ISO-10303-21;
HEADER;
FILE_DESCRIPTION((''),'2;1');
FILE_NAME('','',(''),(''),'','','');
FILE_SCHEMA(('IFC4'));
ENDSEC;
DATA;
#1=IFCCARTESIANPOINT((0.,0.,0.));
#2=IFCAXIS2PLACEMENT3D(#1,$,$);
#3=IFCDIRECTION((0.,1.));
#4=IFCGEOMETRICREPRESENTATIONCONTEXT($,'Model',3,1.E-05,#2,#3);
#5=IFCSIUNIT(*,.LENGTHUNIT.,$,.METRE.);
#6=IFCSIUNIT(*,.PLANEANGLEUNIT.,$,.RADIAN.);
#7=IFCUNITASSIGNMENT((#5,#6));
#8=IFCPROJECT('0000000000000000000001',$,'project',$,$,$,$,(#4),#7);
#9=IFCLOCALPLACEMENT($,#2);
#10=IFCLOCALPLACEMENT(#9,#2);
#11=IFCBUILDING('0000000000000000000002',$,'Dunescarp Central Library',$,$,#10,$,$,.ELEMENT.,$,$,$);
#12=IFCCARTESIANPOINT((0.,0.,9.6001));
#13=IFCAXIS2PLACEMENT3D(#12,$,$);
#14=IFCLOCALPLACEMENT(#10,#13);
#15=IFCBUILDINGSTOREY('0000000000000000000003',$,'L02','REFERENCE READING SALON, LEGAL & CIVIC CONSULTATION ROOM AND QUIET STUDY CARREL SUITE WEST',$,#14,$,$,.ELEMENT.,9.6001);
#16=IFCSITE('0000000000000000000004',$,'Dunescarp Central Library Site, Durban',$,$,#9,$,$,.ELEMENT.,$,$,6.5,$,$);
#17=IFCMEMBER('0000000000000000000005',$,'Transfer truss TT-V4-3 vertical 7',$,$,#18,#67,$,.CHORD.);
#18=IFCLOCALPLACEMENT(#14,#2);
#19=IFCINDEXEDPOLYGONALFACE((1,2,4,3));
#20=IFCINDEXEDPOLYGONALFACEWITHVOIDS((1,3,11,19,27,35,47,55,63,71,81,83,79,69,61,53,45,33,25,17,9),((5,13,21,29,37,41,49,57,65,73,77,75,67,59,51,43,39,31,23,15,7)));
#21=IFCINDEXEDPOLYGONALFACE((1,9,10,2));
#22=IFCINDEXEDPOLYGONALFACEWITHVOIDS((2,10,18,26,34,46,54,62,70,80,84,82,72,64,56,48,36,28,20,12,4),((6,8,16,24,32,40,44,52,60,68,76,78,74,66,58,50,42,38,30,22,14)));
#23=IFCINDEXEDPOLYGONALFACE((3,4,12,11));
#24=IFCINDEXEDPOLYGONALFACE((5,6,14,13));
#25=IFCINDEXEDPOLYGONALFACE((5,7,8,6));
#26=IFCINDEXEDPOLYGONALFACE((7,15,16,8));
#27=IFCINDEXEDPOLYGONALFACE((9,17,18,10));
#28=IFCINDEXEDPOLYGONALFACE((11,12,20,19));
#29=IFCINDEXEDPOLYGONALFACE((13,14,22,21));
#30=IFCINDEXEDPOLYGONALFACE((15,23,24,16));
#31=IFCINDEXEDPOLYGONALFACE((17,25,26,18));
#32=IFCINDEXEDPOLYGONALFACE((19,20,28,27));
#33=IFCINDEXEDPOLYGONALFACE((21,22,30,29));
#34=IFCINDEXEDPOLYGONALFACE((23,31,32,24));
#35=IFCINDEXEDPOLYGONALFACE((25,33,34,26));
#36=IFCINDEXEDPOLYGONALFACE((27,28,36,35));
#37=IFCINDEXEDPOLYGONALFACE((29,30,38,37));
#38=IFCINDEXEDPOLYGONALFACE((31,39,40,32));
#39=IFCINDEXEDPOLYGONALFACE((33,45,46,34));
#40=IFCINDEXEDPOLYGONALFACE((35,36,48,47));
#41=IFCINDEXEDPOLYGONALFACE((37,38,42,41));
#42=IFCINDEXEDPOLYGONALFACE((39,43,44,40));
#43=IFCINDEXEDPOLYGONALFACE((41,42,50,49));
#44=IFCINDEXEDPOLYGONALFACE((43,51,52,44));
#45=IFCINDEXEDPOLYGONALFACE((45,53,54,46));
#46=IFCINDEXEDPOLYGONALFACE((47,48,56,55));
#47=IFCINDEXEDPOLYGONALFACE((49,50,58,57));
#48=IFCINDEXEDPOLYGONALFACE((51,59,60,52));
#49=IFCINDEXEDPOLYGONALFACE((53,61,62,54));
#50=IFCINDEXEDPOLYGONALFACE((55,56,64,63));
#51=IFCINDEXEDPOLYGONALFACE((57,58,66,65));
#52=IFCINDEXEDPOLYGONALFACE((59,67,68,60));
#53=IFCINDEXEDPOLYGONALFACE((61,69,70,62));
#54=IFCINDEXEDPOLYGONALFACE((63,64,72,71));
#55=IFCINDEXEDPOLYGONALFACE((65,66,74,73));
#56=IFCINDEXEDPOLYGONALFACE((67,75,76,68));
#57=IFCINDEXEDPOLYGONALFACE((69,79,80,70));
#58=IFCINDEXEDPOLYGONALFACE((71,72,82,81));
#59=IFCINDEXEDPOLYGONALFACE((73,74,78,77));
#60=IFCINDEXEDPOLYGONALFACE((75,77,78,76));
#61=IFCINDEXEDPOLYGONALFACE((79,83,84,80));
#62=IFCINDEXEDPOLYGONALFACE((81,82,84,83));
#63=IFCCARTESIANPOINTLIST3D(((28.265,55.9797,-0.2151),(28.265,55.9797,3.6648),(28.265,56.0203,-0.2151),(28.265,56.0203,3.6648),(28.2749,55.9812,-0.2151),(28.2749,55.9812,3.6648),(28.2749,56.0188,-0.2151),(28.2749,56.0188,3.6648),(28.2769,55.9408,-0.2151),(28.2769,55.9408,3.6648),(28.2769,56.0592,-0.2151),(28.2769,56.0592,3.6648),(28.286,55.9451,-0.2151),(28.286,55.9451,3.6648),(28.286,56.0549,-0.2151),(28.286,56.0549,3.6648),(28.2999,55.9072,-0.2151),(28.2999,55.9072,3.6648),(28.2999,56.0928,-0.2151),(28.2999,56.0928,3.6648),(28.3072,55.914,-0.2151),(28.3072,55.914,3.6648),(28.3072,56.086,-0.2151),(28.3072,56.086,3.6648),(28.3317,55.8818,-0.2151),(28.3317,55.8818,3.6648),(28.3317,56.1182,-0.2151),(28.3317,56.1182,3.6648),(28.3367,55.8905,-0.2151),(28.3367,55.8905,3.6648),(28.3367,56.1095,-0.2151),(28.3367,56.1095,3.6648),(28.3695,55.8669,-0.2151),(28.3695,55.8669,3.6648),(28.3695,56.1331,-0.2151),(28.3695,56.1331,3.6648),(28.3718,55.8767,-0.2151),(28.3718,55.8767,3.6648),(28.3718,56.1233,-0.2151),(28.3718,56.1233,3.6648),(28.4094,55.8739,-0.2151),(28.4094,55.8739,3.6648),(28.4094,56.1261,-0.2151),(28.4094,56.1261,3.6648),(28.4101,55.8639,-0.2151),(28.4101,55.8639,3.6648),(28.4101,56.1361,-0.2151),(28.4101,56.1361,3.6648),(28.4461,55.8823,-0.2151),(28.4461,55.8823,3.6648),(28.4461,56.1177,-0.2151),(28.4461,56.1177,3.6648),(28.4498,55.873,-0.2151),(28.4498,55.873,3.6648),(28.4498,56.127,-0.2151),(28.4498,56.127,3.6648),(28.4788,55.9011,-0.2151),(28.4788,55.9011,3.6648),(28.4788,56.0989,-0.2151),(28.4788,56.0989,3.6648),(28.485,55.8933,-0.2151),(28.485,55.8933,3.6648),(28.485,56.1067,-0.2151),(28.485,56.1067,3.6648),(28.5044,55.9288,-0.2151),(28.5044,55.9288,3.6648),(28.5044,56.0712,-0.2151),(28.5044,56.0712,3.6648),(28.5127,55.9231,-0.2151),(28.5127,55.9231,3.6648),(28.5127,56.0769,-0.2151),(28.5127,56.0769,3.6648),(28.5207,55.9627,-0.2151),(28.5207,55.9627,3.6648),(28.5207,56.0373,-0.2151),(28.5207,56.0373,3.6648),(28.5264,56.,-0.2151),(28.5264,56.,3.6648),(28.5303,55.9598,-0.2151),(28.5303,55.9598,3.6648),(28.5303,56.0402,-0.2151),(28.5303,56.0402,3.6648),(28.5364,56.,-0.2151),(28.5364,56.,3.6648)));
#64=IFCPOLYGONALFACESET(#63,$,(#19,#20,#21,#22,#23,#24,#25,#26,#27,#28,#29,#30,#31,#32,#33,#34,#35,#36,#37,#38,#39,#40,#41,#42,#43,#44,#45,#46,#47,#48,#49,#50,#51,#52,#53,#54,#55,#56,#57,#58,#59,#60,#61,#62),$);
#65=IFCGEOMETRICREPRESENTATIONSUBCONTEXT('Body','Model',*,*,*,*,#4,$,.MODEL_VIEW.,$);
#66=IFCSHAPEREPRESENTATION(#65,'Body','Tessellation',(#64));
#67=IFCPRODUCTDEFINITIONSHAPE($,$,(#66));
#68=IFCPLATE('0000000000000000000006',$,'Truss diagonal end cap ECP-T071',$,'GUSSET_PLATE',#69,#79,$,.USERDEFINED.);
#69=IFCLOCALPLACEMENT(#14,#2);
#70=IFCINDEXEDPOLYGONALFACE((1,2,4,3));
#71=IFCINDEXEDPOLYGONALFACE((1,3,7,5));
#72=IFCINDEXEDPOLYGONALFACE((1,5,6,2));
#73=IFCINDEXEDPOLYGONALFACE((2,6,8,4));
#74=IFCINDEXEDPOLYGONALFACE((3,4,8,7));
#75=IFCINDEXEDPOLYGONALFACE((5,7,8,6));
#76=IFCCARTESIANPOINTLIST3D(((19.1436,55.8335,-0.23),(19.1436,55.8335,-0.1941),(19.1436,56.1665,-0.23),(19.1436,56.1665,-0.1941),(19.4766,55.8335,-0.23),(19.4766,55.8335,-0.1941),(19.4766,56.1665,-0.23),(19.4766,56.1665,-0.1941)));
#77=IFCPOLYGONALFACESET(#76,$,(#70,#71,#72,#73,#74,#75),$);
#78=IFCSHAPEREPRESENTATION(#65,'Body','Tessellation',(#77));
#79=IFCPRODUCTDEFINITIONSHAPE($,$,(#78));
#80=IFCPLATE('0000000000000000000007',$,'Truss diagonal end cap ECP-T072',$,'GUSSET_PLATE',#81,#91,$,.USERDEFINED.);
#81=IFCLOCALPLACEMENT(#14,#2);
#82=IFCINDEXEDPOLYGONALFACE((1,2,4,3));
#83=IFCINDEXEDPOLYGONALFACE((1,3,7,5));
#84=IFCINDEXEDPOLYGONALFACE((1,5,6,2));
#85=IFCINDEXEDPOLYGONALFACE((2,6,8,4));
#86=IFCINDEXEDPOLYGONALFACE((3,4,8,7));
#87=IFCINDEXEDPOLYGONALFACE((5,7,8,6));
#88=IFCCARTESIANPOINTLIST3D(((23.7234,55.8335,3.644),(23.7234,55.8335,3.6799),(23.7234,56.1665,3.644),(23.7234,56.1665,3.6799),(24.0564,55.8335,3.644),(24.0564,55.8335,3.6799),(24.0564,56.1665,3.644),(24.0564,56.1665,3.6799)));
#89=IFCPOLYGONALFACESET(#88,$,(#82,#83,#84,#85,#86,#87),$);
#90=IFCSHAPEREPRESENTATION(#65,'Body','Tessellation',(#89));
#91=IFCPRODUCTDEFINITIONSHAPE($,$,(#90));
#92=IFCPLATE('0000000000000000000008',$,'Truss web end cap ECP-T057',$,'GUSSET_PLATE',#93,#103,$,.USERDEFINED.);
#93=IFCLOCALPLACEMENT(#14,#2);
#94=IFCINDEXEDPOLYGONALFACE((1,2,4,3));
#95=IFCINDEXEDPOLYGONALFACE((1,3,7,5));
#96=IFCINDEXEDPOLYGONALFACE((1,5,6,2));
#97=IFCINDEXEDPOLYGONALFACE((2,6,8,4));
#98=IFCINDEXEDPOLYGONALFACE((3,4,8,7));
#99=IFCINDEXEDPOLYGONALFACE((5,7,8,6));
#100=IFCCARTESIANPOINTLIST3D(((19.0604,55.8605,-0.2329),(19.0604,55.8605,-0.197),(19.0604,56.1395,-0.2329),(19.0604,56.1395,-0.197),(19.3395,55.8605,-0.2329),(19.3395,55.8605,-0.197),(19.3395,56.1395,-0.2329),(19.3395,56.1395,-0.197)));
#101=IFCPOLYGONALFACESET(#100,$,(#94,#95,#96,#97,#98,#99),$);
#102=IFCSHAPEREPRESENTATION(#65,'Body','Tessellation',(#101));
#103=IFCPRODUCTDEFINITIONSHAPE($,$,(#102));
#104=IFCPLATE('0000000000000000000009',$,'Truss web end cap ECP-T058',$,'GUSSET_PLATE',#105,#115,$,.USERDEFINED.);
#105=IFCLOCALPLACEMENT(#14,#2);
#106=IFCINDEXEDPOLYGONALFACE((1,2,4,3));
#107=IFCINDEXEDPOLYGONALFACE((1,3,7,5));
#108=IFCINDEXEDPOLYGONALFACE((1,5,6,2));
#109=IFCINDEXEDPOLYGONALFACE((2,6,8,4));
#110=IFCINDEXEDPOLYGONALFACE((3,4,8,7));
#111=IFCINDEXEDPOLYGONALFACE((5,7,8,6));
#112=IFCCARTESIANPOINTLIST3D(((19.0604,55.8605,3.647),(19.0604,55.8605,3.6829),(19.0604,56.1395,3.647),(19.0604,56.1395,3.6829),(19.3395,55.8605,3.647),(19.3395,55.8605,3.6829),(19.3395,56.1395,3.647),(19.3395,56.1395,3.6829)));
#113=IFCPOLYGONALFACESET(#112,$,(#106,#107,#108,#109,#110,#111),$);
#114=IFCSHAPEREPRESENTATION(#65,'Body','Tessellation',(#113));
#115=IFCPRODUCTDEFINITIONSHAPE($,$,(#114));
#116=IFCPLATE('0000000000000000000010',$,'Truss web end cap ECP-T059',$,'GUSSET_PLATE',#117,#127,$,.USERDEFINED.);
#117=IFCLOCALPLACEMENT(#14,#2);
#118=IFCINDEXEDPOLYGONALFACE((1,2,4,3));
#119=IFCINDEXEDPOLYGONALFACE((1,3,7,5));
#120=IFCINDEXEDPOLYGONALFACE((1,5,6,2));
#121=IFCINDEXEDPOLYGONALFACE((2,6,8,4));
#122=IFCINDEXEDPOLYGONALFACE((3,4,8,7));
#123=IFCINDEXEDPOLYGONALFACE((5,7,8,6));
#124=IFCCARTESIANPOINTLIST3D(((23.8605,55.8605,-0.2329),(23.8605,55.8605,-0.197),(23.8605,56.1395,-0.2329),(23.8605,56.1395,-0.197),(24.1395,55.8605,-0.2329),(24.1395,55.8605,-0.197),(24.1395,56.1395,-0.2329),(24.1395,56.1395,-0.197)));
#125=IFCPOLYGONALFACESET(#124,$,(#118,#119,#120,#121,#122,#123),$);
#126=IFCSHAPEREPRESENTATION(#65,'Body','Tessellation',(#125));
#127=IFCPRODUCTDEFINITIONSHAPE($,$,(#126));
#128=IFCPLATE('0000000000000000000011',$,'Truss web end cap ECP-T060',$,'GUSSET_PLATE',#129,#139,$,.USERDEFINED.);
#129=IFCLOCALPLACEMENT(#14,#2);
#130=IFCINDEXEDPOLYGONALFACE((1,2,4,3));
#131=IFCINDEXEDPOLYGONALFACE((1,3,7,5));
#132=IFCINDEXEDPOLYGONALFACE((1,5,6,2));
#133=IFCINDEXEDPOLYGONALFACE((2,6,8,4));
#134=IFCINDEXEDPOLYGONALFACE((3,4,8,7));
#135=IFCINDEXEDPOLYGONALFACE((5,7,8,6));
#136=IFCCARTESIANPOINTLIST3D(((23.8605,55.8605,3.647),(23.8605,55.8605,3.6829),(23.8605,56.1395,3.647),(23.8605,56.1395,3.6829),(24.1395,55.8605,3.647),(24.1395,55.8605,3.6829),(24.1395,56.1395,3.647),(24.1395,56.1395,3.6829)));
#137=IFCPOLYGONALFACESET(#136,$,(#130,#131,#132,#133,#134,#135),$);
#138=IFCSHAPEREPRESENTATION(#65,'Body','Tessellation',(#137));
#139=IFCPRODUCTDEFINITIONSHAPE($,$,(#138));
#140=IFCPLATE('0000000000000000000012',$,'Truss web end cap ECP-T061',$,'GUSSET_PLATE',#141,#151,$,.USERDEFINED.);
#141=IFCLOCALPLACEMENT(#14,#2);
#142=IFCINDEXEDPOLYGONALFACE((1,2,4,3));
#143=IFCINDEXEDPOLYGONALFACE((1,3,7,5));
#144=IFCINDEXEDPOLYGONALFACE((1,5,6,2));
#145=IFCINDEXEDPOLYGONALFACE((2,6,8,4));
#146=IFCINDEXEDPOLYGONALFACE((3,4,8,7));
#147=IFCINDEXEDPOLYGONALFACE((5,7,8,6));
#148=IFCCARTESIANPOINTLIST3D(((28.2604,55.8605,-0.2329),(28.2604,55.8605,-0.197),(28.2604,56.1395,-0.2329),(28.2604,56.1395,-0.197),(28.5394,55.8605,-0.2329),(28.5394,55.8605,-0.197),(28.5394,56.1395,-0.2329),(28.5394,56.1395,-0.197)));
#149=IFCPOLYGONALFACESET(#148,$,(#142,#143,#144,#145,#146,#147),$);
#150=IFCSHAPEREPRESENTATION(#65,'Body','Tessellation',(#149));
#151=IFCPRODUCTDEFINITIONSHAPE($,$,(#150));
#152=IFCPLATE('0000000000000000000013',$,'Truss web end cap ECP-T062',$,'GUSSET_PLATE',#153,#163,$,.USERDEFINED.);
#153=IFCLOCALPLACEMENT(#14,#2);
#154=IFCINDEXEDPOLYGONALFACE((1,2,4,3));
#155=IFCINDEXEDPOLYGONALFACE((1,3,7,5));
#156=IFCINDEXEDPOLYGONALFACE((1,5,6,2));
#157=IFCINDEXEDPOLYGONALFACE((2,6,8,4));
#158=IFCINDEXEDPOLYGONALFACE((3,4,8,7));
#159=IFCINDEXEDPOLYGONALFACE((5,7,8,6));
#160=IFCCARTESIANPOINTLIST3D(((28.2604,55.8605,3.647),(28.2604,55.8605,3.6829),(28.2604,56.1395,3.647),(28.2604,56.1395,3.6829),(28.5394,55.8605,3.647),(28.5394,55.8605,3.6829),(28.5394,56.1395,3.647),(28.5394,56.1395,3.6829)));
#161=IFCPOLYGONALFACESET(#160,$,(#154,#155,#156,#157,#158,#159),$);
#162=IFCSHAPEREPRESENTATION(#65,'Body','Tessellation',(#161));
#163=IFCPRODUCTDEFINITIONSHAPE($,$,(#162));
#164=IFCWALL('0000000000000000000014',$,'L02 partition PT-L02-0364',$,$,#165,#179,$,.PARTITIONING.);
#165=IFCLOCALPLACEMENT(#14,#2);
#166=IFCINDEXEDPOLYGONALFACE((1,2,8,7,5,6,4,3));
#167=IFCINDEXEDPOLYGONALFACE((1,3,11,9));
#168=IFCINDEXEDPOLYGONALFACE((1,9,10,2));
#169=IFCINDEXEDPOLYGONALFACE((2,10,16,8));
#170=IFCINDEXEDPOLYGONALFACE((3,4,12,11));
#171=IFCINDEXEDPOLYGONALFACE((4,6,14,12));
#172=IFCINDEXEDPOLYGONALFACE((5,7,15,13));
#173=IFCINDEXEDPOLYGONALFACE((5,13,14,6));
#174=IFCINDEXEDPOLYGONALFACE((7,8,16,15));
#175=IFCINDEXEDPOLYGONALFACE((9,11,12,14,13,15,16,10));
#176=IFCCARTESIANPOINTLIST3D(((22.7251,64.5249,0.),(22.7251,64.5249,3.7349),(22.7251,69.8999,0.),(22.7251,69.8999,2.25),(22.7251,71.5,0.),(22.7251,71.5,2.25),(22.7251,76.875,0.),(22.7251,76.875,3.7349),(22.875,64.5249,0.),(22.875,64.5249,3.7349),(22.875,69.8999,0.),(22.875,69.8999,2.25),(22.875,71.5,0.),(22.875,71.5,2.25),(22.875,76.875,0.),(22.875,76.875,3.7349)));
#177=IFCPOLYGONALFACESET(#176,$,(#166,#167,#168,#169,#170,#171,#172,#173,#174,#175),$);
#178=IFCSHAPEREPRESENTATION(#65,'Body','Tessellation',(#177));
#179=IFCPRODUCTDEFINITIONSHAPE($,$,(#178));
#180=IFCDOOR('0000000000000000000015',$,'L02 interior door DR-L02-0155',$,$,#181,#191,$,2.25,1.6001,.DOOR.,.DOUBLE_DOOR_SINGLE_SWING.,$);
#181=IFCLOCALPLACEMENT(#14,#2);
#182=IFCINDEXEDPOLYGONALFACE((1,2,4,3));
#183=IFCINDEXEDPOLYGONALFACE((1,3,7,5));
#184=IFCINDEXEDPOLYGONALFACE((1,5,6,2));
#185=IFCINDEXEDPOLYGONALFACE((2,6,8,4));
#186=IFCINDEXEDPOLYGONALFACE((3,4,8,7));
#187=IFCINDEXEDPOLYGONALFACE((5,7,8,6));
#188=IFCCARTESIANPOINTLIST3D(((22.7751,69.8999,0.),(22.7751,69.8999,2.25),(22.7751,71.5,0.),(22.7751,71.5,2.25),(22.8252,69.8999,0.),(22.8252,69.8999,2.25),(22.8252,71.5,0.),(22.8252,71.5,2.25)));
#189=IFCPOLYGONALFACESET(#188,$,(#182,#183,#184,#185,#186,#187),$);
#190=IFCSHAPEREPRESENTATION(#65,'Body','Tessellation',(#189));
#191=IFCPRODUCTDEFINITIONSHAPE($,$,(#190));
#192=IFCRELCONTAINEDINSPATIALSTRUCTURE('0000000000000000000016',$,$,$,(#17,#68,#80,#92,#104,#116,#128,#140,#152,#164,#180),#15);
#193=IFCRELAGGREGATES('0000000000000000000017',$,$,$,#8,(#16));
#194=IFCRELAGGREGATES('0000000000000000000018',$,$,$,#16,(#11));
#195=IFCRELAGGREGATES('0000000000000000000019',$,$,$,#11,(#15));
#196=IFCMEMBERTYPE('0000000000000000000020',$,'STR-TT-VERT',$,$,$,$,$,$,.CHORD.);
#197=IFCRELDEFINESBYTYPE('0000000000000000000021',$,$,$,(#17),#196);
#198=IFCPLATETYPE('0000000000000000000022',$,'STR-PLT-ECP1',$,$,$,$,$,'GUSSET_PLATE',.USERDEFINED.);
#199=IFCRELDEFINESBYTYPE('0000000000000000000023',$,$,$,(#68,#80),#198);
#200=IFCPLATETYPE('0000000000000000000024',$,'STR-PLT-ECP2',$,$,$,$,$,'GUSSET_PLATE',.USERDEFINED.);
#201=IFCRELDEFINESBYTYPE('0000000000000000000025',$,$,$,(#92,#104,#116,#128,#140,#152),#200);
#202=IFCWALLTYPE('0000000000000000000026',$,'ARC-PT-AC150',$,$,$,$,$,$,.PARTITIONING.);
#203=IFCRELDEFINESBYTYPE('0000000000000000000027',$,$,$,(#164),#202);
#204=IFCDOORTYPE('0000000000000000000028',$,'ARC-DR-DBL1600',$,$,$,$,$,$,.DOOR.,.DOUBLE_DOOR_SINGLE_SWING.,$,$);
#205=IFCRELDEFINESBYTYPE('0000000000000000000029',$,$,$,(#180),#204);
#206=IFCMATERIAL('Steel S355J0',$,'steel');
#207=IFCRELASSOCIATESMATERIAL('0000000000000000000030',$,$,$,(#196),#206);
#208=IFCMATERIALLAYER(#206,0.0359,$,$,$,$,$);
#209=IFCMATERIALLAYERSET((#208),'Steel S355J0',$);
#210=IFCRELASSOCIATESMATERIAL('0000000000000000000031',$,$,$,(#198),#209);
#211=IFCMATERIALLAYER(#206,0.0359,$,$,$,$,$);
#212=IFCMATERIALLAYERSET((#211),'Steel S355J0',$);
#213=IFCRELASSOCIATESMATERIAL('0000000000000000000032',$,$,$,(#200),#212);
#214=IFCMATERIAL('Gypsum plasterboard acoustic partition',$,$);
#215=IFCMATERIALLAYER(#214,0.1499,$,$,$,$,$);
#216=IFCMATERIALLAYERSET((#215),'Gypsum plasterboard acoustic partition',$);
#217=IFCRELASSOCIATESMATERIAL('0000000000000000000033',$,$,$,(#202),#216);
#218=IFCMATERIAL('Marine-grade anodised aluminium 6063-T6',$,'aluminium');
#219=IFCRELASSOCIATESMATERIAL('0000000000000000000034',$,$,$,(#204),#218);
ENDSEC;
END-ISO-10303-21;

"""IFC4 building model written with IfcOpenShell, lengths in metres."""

from ifc_helpers import new_model, si_unit, direction, frame, frame_2d, origin, origin_2d, place, context, subcontext, project, spatial, rectangle, hollow_circle, extrude, material, layer, layer_set, material_profile, profile_set, type_object, element, fill, save


model = new_model("IFC4")

# Units and contexts
model_context = context("Model", 3, precision=1e-05, world=origin(), true_north=direction((0.0, 1.0)))
body_context = subcontext(model_context, "Body", "Model", "MODEL_VIEW")
ifc_project = project(units=[si_unit("LENGTHUNIT", "METRE"), si_unit("PLANEANGLEUNIT", "RADIAN")], contexts=[model_context])

# Site, building, storey
site_placement = place(None, origin())
site = spatial("IfcSite", under=ifc_project, at=site_placement, Name="Dunescarp Central Library Site, Durban", CompositionType="ELEMENT", RefElevation=6.5)
building_placement = place(site_placement, origin())
building = spatial("IfcBuilding", under=site, at=building_placement, Name="Dunescarp Central Library", CompositionType="ELEMENT")
storey_placement = place(building_placement, frame((0.0, 0.0, 9.6001)))
storey = spatial("IfcBuildingStorey", under=building, at=storey_placement, Name="L02", Description="REFERENCE READING SALON, LEGAL & CIVIC CONSULTATION ROOM AND QUIET STUDY CARREL SUITE WEST", CompositionType="ELEMENT", Elevation=9.6001)

# Member
ifc_material_1 = material(Name="Steel S355J0", Category="steel")
ifc_material_profile_1 = material_profile(ifc_material_1, hollow_circle(Radius=0.1365, WallThickness=0.01, at=origin_2d()), Name="CHS 273x10")
ifc_profile_set_1 = profile_set([ifc_material_profile_1], Name="Steel S355J0")
member_type_1 = type_object("IfcMemberType", Name="STR-TT-VERT", PredefinedType="CHORD", material=ifc_profile_set_1)
for number, where, z_axis, x_axis, name in (
    (1, (28.3999, 56.0, -0.2151), (0.0, 0.0, 1.0), (1.0, 0.0, 0.0), "Transfer truss TT-V4-3 vertical 7"),
):
    element("IfcMember", number, at=place(storey_placement, frame(where, z_axis=z_axis, x_axis=x_axis)), inside=storey, type_object=member_type_1, Name=name, PredefinedType="CHORD", context=body_context, shape_type="SweptSolid", body=[
        extrude(hollow_circle(Radius=0.1365, WallThickness=0.01, at=origin_2d()), origin(), (0.0, 0.0, 1.0), 3.8799),
    ])

# Plates
ifc_layer_1 = layer(ifc_material_1, 0.0359)
ifc_layer_set_1 = layer_set([ifc_layer_1], Name="Steel S355J0")
plate_type_1 = type_object("IfcPlateType", Name="STR-PLT-ECP1", ElementType="GUSSET_PLATE", PredefinedType="USERDEFINED", material=ifc_layer_set_1)
for number, where, z_axis, x_axis, name in (
    (2, (19.3101, 56.0, -0.23), (0.0, 0.0, 1.0), (1.0, 0.0, 0.0), "Truss diagonal end cap ECP-T071"),
    (3, (23.8899, 56.0, 3.644), (0.0, 0.0, 1.0), (1.0, 0.0, 0.0), "Truss diagonal end cap ECP-T072"),
):
    element("IfcPlate", number, at=place(storey_placement, frame(where, z_axis=z_axis, x_axis=x_axis)), inside=storey, type_object=plate_type_1, Name=name, ObjectType="GUSSET_PLATE", PredefinedType="USERDEFINED", context=body_context, shape_type="SweptSolid", body=[
        extrude(rectangle(XDim=0.333, YDim=0.333, at=origin_2d()), origin(), (0.0, 0.0, 1.0), 0.0359),
    ])
ifc_layer_2 = layer(ifc_material_1, 0.0359)
ifc_layer_set_2 = layer_set([ifc_layer_2], Name="Steel S355J0")
plate_type_2 = type_object("IfcPlateType", Name="STR-PLT-ECP2", ElementType="GUSSET_PLATE", PredefinedType="USERDEFINED", material=ifc_layer_set_2)
for number, where, z_axis, x_axis, name in (
    (4, (19.2, 56.0, -0.2329), (0.0, 0.0, 1.0), (1.0, 0.0, 0.0), "Truss web end cap ECP-T057"),
    (5, (19.2, 56.0, 3.647), (0.0, 0.0, 1.0), (1.0, 0.0, 0.0), "Truss web end cap ECP-T058"),
    (6, (24.0, 56.0, -0.2329), (0.0, 0.0, 1.0), (1.0, 0.0, 0.0), "Truss web end cap ECP-T059"),
    (7, (24.0, 56.0, 3.647), (0.0, 0.0, 1.0), (1.0, 0.0, 0.0), "Truss web end cap ECP-T060"),
    (8, (28.3999, 56.0, -0.2329), (0.0, 0.0, 1.0), (1.0, 0.0, 0.0), "Truss web end cap ECP-T061"),
    (9, (28.3999, 56.0, 3.647), (0.0, 0.0, 1.0), (1.0, 0.0, 0.0), "Truss web end cap ECP-T062"),
):
    element("IfcPlate", number, at=place(storey_placement, frame(where, z_axis=z_axis, x_axis=x_axis)), inside=storey, type_object=plate_type_2, Name=name, ObjectType="GUSSET_PLATE", PredefinedType="USERDEFINED", context=body_context, shape_type="SweptSolid", body=[
        extrude(rectangle(XDim=0.2791, YDim=0.2791, at=origin_2d()), origin(), (0.0, 0.0, 1.0), 0.0359),
    ])

# Wall, opening, door
ifc_material_2 = material(Name="Gypsum plasterboard acoustic partition")
ifc_layer_3 = layer(ifc_material_2, 0.1499)
ifc_layer_set_3 = layer_set([ifc_layer_3], Name="Gypsum plasterboard acoustic partition")
wall_type_1 = type_object("IfcWallType", Name="ARC-PT-AC150", PredefinedType="PARTITIONING", material=ifc_layer_set_3)
wall_1_placement = place(storey_placement, frame((22.8, 64.5249, 0.0), z_axis=(0.0, 0.0, 1.0), x_axis=(0.0, 1.0, 0.0)))
wall_1 = element("IfcWall", 10, at=wall_1_placement, inside=storey, type_object=wall_type_1, Name="L02 partition PT-L02-0364", PredefinedType="PARTITIONING", context=body_context, shape_type="SweptSolid", body=[
    extrude(rectangle(XDim=12.3501, YDim=0.1499, at=frame_2d((6.175, 0.0))), origin(), (0.0, 0.0, 1.0), 3.7349),
])
opening_1_placement = place(wall_1_placement, frame((5.375, 0.0, 0.0)))
opening_1 = element("IfcOpeningElement", 11, at=opening_1_placement, cuts=wall_1, PredefinedType="OPENING", context=body_context, shape_type="SweptSolid", body=[
    extrude(rectangle(XDim=1.6001, YDim=2.25, at=frame_2d((0.8, 1.125))), frame((0.0, 0.085, 0.0), z_axis=(0.0, -1.0, 0.0), x_axis=(1.0, 0.0, 0.0)), (0.0, 0.0, 1.0), 0.1699),
])
ifc_material_3 = material(Name="Marine-grade anodised aluminium 6063-T6", Category="aluminium")
door_type_1 = type_object("IfcDoorType", Name="ARC-DR-DBL1600", OperationType="DOUBLE_DOOR_SINGLE_SWING", PredefinedType="DOOR", material=ifc_material_3)
door_1_placement = place(opening_1_placement, origin())
door_1 = element("IfcDoor", 12, at=door_1_placement, inside=storey, type_object=door_type_1, Name="L02 interior door DR-L02-0155", OperationType="DOUBLE_DOOR_SINGLE_SWING", OverallHeight=2.25, OverallWidth=1.6001, PredefinedType="DOOR", context=body_context, shape_type="SweptSolid", body=[
    extrude(rectangle(XDim=1.6001, YDim=2.25, at=frame_2d((0.8, 1.125))), frame((0.0, 0.0249, 0.0), z_axis=(0.0, -1.0, 0.0), x_axis=(1.0, 0.0, 0.0)), (0.0, 0.0, 1.0), 0.05),
])
fill(opening_1, door_1)

save(model, "model.ifc")
